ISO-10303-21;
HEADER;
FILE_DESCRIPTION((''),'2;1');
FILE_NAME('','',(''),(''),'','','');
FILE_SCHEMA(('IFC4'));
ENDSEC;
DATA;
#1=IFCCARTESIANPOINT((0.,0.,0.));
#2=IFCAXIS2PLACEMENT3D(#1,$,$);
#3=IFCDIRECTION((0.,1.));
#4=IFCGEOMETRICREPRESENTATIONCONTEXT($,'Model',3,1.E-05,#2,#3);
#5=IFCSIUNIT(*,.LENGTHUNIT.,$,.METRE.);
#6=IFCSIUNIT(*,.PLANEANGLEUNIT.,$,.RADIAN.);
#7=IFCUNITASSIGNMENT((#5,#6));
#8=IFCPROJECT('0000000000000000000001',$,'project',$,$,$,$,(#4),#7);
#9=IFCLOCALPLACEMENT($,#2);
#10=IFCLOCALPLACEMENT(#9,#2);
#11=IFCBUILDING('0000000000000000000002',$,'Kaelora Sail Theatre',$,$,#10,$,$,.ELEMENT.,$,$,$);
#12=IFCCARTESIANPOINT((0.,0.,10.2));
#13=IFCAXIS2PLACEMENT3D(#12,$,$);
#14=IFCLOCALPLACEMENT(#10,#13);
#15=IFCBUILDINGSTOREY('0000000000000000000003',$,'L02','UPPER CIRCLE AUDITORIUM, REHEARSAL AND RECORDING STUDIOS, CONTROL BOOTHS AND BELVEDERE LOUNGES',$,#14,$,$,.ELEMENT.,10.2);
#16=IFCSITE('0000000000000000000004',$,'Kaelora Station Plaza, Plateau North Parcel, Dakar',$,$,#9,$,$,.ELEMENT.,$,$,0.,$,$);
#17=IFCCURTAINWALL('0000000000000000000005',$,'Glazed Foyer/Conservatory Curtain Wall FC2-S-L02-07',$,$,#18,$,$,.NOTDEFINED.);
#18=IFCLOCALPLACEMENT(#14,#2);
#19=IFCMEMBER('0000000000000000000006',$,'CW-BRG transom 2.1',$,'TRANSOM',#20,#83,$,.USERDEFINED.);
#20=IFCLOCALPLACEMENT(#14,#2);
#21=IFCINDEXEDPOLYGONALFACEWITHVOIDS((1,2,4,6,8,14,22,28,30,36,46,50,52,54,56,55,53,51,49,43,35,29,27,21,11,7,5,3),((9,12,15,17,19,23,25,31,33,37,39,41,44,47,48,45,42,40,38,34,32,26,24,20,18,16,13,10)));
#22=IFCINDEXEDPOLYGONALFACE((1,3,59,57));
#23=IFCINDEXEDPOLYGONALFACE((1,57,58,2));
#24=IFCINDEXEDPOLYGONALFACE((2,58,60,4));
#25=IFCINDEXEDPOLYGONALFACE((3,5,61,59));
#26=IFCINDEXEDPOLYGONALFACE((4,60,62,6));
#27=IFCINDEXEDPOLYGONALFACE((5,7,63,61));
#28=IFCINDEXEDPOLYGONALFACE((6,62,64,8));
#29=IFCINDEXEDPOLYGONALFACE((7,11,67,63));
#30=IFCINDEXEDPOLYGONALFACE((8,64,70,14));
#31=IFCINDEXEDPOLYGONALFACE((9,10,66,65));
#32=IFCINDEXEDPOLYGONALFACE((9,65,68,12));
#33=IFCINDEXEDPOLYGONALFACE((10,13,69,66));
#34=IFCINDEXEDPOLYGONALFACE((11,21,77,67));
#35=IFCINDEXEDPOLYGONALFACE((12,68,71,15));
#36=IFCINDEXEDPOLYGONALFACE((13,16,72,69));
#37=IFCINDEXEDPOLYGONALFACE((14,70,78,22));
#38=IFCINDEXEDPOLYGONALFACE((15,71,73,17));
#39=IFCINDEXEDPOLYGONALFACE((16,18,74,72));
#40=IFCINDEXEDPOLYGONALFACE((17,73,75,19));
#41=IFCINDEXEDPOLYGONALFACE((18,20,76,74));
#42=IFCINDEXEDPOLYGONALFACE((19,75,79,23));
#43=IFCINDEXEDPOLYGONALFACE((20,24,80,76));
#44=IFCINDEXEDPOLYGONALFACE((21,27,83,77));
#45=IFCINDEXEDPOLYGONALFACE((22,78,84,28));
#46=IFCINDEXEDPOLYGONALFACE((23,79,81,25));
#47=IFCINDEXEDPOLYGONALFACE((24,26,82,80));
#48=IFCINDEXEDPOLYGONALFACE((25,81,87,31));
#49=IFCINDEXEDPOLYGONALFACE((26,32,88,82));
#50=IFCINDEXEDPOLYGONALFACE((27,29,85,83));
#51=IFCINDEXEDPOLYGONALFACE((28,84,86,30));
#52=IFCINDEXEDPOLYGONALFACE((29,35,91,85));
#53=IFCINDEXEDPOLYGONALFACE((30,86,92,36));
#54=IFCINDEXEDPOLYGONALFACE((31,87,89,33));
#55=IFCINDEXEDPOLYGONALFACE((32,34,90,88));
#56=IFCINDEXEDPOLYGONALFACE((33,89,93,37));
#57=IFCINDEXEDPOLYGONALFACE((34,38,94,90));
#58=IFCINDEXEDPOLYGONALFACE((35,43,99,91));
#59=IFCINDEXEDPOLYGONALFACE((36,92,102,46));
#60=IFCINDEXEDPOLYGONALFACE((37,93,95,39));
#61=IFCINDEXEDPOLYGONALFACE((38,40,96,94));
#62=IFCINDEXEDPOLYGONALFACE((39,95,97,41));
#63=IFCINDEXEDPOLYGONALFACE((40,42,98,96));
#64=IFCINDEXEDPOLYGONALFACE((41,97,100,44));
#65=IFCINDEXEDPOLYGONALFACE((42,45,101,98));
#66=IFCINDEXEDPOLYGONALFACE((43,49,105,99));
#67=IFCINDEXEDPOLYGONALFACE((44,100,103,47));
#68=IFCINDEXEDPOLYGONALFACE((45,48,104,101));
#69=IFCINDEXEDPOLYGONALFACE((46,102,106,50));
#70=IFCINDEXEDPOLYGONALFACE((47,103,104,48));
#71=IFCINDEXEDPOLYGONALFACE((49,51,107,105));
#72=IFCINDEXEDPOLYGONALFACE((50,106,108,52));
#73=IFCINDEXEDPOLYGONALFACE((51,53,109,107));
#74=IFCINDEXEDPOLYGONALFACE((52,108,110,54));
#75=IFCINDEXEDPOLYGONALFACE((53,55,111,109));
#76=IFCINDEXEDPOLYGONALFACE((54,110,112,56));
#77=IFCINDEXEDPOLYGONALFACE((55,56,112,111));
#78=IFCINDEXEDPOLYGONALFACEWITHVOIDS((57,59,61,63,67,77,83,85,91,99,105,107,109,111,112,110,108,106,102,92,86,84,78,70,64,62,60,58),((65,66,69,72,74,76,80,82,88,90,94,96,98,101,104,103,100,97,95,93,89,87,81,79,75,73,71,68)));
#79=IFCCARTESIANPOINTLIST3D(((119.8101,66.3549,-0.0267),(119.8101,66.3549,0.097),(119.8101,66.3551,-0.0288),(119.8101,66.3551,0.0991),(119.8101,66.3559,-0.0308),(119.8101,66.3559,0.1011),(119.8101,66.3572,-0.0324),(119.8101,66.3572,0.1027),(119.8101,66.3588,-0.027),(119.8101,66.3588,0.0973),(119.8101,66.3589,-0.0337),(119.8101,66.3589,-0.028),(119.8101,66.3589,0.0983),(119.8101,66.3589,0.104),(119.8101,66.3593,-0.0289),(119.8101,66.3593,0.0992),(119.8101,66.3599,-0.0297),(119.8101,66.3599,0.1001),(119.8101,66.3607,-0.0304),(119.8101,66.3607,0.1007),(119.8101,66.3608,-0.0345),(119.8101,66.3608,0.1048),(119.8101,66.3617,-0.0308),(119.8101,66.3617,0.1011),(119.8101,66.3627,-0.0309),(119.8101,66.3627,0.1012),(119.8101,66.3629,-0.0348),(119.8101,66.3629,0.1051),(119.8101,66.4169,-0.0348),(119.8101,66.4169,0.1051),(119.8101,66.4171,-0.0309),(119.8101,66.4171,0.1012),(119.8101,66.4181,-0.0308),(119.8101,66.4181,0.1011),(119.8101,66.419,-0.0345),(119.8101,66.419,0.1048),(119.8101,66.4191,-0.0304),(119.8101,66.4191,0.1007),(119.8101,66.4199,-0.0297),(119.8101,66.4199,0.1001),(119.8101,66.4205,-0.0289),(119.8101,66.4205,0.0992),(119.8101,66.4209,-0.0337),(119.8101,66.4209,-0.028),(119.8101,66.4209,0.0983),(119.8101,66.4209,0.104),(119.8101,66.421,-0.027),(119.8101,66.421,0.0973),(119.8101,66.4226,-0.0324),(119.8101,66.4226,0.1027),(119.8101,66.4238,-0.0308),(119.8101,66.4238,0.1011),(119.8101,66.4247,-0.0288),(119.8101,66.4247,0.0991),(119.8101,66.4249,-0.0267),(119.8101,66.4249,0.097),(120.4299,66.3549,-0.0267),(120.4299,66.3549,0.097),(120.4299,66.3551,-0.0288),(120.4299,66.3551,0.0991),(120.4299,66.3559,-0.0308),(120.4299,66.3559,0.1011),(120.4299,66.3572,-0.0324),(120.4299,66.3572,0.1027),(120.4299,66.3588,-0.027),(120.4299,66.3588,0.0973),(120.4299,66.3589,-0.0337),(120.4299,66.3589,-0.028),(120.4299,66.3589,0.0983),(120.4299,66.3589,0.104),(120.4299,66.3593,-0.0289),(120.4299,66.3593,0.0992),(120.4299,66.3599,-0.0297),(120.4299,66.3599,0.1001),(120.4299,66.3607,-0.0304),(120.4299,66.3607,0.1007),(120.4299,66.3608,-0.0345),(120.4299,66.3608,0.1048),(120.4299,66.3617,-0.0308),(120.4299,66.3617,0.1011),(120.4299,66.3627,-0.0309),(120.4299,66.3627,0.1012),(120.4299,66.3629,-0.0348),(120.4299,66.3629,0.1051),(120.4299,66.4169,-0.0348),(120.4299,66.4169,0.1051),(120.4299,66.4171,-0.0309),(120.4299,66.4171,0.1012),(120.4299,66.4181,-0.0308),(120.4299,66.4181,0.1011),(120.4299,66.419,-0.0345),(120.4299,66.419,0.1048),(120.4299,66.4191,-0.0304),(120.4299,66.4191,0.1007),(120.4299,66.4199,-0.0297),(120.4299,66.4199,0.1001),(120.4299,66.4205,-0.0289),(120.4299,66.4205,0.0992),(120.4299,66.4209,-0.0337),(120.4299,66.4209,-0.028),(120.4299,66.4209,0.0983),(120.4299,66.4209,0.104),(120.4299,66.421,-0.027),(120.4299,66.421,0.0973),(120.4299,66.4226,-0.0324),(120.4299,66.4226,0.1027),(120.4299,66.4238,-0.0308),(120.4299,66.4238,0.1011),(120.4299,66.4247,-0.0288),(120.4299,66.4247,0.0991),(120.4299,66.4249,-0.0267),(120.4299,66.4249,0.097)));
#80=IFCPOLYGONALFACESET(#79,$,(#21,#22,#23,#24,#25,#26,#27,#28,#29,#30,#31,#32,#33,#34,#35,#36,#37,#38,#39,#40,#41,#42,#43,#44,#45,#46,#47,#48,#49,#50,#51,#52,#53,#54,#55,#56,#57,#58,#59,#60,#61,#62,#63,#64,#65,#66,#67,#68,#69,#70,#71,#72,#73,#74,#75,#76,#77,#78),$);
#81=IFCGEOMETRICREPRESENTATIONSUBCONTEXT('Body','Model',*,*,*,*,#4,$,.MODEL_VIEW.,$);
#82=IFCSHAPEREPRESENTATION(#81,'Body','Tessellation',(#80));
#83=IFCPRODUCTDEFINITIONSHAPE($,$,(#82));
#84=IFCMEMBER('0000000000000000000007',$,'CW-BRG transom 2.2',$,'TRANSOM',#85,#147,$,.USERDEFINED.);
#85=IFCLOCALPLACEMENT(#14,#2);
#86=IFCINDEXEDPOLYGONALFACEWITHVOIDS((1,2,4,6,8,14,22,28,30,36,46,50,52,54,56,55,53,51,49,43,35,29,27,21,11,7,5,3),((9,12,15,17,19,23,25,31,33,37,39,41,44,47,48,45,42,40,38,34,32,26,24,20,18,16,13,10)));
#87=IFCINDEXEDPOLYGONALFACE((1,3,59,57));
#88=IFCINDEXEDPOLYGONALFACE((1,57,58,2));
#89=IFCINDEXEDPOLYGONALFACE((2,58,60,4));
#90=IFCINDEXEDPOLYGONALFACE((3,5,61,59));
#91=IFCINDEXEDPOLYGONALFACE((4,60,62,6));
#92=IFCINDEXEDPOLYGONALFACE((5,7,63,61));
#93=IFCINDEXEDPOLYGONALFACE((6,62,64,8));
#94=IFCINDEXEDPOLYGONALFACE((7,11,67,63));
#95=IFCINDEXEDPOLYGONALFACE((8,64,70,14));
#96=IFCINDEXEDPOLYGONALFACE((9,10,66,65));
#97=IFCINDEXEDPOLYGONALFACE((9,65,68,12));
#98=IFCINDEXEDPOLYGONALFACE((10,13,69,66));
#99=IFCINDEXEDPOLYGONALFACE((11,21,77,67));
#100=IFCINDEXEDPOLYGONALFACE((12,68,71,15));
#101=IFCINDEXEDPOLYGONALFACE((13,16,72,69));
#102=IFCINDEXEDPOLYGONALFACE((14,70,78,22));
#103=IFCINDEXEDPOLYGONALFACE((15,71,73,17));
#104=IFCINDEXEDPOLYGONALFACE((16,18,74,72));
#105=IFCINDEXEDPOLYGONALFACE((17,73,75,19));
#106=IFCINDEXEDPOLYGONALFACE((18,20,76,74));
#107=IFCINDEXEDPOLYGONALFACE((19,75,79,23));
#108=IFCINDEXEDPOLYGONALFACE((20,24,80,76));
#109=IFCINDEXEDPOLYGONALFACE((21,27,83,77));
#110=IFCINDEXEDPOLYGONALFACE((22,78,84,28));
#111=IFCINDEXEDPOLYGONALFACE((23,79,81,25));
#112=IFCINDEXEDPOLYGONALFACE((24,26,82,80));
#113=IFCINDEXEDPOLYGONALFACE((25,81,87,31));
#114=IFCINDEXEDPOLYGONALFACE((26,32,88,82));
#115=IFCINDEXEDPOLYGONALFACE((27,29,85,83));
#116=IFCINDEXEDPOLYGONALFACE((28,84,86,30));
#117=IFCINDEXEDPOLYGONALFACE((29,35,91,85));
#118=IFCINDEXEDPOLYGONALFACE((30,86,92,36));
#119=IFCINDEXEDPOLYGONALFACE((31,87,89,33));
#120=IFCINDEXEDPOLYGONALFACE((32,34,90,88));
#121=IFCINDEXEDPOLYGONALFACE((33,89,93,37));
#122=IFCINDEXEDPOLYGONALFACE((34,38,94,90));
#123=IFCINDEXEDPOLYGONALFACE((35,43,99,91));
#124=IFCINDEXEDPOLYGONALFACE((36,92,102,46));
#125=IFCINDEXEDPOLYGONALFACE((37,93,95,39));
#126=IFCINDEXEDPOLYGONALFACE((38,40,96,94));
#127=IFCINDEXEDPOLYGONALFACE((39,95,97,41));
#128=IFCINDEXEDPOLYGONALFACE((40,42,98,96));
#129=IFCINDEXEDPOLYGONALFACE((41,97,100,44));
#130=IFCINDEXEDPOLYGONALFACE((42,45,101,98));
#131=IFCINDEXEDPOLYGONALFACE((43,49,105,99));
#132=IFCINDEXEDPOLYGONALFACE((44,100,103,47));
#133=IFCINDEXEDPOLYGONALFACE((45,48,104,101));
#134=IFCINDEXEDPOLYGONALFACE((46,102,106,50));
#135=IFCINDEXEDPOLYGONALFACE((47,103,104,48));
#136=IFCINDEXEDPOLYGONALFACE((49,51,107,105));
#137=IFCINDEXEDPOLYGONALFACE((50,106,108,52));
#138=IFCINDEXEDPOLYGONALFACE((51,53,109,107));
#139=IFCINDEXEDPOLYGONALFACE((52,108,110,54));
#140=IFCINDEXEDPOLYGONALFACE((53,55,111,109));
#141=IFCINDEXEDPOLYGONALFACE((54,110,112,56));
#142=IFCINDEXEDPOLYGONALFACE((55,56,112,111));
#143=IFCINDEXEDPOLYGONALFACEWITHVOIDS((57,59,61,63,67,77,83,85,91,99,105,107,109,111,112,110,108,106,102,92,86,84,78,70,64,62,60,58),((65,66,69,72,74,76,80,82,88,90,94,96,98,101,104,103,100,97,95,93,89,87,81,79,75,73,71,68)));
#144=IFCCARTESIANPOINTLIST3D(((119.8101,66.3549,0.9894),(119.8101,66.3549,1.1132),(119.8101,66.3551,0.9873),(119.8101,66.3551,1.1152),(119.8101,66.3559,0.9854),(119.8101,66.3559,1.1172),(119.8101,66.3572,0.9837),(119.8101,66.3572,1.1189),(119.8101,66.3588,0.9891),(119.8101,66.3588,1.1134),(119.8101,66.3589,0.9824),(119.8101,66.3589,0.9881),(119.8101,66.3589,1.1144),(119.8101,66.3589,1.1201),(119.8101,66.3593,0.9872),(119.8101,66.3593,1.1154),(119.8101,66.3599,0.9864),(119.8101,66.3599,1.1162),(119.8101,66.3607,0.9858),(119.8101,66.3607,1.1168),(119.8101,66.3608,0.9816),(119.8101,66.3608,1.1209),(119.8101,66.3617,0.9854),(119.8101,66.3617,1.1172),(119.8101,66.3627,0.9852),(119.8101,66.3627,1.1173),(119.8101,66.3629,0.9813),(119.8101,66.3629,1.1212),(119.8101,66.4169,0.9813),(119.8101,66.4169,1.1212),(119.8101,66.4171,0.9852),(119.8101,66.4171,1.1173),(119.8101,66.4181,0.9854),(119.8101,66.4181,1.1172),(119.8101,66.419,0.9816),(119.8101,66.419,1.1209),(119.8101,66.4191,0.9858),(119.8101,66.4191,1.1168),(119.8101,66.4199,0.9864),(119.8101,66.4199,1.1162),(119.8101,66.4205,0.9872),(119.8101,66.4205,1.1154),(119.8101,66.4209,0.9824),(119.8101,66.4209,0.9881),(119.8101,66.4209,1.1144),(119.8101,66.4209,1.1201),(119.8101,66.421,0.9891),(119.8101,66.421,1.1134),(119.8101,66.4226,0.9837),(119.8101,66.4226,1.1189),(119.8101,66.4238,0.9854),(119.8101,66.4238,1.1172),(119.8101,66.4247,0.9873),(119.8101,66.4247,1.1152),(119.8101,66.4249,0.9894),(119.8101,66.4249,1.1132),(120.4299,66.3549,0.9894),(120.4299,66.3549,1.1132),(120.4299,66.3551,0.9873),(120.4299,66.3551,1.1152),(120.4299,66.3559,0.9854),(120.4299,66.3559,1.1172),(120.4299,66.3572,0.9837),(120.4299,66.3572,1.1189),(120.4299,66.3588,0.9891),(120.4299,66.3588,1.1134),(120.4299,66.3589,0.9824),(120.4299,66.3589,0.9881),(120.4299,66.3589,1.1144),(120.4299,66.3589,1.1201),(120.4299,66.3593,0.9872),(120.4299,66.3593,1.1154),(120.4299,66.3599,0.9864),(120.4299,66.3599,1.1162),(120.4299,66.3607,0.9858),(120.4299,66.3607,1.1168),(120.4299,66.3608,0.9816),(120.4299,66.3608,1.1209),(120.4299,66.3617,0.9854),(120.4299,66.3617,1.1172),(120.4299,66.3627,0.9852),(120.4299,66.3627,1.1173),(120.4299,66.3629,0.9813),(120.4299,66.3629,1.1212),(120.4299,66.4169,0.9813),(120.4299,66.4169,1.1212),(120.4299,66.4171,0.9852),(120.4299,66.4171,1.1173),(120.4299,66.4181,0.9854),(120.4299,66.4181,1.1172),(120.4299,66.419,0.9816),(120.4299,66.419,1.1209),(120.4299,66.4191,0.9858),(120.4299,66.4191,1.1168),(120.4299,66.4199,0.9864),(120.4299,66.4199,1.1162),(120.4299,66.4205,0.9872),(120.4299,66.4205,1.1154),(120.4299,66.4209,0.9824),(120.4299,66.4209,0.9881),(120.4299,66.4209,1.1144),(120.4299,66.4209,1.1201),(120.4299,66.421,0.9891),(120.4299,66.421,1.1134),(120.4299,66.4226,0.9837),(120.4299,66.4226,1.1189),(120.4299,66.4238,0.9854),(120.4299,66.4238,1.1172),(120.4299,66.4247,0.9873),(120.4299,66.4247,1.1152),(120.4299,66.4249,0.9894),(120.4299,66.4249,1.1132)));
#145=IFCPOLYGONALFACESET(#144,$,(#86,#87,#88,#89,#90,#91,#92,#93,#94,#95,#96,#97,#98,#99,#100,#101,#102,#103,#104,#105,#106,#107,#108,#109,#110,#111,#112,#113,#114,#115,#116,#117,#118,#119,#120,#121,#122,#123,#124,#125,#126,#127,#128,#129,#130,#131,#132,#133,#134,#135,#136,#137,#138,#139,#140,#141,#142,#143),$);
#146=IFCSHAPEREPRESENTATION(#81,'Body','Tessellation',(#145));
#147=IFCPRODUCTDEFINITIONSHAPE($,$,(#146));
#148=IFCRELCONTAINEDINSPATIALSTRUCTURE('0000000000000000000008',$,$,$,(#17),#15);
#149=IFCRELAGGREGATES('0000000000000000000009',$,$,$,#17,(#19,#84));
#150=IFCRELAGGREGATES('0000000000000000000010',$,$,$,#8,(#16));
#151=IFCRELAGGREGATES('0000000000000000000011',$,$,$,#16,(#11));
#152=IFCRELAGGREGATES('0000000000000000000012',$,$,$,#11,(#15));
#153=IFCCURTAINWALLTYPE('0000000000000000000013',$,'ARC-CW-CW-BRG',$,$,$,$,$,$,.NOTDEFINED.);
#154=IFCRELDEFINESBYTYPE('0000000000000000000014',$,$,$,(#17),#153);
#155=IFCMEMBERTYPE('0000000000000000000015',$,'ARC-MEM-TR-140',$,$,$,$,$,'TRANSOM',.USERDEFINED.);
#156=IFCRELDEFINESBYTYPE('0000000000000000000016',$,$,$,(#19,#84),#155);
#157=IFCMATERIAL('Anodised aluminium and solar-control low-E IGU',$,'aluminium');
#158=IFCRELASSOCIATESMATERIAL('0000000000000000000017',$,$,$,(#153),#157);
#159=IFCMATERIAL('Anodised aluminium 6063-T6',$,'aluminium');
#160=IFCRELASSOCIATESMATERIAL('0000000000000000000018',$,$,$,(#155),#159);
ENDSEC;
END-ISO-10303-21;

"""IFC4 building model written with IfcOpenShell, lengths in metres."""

from ifc_helpers import new_model, si_unit, direction, frame, origin, origin_2d, place, context, subcontext, project, spatial, hollow_rectangle, extrude, material, material_profile, profile_set, type_object, element, aggregate, save


model = new_model("IFC4")

# Units and contexts
model_context = context("Model", 3, precision=1e-05, world=origin(), true_north=direction((0.0, 1.0)))
body_context = subcontext(model_context, "Body", "Model", "MODEL_VIEW")
ifc_project = project(units=[si_unit("LENGTHUNIT", "METRE"), si_unit("PLANEANGLEUNIT", "RADIAN")], contexts=[model_context])

# Site, building, storey
site_placement = place(None, origin())
site = spatial("IfcSite", under=ifc_project, at=site_placement, Name="Kaelora Station Plaza, Plateau North Parcel, Dakar", CompositionType="ELEMENT", RefElevation=0.0)
building_placement = place(site_placement, origin())
building = spatial("IfcBuilding", under=site, at=building_placement, Name="Kaelora Sail Theatre", CompositionType="ELEMENT")
storey_placement = place(building_placement, frame((0.0, 0.0, 10.2)))
storey = spatial("IfcBuildingStorey", under=building, at=storey_placement, Name="L02", Description="UPPER CIRCLE AUDITORIUM, REHEARSAL AND RECORDING STUDIOS, CONTROL BOOTHS AND BELVEDERE LOUNGES", CompositionType="ELEMENT", Elevation=10.2)

# Shared definitions
ifc_material_1 = material(Name="Anodised aluminium and solar-control low-E IGU", Category="aluminium")
curtain_wall_type = type_object("IfcCurtainWallType", Name="ARC-CW-CW-BRG", PredefinedType="NOTDEFINED", material=ifc_material_1)

# Curtain wall
curtain_wall_1_placement = place(storey_placement, origin())
curtain_wall_1 = element("IfcCurtainWall", 1, at=curtain_wall_1_placement, inside=storey, type_object=curtain_wall_type, Name="Glazed Foyer/Conservatory Curtain Wall FC2-S-L02-07", PredefinedType="NOTDEFINED")

# Members
ifc_material_2 = material(Name="Anodised aluminium 6063-T6", Category="aluminium")
ifc_material_profile_1 = material_profile(ifc_material_2, hollow_rectangle(XDim=0.0701, YDim=0.1399, WallThickness=0.0039, InnerFilletRadius=0.0039, OuterFilletRadius=0.0081, at=origin_2d()), Name="ALU-TRAN 70x140x4")
ifc_profile_set_1 = profile_set([ifc_material_profile_1], Name="Anodised aluminium 6063-T6")
member_type_1 = type_object("IfcMemberType", Name="ARC-MEM-TR-140", ElementType="TRANSOM", PredefinedType="USERDEFINED", material=ifc_profile_set_1)
member_1_placement = place(storey_placement, frame((119.8101, 66.3899, 0.0352), z_axis=(1.0, 0.0, 0.0), x_axis=(0.0, 1.0, 0.0)))
member_1 = element("IfcMember", 2, at=member_1_placement, type_object=member_type_1, Name="CW-BRG transom 2.1", ObjectType="TRANSOM", PredefinedType="USERDEFINED", context=body_context, shape_type="SweptSolid", body=[
    extrude(hollow_rectangle(XDim=0.0701, YDim=0.1399, WallThickness=0.0039, InnerFilletRadius=0.0039, OuterFilletRadius=0.0081, at=origin_2d()), origin(), (0.0, 0.0, 1.0), 0.6199),
])
member_2_placement = place(storey_placement, frame((119.8101, 66.3899, 1.0513), z_axis=(1.0, 0.0, 0.0), x_axis=(0.0, 1.0, 0.0)))
member_2 = element("IfcMember", 3, at=member_2_placement, type_object=member_type_1, Name="CW-BRG transom 2.2", ObjectType="TRANSOM", PredefinedType="USERDEFINED", context=body_context, shape_type="SweptSolid", body=[
    extrude(hollow_rectangle(XDim=0.0701, YDim=0.1399, WallThickness=0.0039, InnerFilletRadius=0.0039, OuterFilletRadius=0.0081, at=origin_2d()), origin(), (0.0, 0.0, 1.0), 0.6199),
])

aggregate(curtain_wall_1, [member_1, member_2])

save(model, "model.ifc")
